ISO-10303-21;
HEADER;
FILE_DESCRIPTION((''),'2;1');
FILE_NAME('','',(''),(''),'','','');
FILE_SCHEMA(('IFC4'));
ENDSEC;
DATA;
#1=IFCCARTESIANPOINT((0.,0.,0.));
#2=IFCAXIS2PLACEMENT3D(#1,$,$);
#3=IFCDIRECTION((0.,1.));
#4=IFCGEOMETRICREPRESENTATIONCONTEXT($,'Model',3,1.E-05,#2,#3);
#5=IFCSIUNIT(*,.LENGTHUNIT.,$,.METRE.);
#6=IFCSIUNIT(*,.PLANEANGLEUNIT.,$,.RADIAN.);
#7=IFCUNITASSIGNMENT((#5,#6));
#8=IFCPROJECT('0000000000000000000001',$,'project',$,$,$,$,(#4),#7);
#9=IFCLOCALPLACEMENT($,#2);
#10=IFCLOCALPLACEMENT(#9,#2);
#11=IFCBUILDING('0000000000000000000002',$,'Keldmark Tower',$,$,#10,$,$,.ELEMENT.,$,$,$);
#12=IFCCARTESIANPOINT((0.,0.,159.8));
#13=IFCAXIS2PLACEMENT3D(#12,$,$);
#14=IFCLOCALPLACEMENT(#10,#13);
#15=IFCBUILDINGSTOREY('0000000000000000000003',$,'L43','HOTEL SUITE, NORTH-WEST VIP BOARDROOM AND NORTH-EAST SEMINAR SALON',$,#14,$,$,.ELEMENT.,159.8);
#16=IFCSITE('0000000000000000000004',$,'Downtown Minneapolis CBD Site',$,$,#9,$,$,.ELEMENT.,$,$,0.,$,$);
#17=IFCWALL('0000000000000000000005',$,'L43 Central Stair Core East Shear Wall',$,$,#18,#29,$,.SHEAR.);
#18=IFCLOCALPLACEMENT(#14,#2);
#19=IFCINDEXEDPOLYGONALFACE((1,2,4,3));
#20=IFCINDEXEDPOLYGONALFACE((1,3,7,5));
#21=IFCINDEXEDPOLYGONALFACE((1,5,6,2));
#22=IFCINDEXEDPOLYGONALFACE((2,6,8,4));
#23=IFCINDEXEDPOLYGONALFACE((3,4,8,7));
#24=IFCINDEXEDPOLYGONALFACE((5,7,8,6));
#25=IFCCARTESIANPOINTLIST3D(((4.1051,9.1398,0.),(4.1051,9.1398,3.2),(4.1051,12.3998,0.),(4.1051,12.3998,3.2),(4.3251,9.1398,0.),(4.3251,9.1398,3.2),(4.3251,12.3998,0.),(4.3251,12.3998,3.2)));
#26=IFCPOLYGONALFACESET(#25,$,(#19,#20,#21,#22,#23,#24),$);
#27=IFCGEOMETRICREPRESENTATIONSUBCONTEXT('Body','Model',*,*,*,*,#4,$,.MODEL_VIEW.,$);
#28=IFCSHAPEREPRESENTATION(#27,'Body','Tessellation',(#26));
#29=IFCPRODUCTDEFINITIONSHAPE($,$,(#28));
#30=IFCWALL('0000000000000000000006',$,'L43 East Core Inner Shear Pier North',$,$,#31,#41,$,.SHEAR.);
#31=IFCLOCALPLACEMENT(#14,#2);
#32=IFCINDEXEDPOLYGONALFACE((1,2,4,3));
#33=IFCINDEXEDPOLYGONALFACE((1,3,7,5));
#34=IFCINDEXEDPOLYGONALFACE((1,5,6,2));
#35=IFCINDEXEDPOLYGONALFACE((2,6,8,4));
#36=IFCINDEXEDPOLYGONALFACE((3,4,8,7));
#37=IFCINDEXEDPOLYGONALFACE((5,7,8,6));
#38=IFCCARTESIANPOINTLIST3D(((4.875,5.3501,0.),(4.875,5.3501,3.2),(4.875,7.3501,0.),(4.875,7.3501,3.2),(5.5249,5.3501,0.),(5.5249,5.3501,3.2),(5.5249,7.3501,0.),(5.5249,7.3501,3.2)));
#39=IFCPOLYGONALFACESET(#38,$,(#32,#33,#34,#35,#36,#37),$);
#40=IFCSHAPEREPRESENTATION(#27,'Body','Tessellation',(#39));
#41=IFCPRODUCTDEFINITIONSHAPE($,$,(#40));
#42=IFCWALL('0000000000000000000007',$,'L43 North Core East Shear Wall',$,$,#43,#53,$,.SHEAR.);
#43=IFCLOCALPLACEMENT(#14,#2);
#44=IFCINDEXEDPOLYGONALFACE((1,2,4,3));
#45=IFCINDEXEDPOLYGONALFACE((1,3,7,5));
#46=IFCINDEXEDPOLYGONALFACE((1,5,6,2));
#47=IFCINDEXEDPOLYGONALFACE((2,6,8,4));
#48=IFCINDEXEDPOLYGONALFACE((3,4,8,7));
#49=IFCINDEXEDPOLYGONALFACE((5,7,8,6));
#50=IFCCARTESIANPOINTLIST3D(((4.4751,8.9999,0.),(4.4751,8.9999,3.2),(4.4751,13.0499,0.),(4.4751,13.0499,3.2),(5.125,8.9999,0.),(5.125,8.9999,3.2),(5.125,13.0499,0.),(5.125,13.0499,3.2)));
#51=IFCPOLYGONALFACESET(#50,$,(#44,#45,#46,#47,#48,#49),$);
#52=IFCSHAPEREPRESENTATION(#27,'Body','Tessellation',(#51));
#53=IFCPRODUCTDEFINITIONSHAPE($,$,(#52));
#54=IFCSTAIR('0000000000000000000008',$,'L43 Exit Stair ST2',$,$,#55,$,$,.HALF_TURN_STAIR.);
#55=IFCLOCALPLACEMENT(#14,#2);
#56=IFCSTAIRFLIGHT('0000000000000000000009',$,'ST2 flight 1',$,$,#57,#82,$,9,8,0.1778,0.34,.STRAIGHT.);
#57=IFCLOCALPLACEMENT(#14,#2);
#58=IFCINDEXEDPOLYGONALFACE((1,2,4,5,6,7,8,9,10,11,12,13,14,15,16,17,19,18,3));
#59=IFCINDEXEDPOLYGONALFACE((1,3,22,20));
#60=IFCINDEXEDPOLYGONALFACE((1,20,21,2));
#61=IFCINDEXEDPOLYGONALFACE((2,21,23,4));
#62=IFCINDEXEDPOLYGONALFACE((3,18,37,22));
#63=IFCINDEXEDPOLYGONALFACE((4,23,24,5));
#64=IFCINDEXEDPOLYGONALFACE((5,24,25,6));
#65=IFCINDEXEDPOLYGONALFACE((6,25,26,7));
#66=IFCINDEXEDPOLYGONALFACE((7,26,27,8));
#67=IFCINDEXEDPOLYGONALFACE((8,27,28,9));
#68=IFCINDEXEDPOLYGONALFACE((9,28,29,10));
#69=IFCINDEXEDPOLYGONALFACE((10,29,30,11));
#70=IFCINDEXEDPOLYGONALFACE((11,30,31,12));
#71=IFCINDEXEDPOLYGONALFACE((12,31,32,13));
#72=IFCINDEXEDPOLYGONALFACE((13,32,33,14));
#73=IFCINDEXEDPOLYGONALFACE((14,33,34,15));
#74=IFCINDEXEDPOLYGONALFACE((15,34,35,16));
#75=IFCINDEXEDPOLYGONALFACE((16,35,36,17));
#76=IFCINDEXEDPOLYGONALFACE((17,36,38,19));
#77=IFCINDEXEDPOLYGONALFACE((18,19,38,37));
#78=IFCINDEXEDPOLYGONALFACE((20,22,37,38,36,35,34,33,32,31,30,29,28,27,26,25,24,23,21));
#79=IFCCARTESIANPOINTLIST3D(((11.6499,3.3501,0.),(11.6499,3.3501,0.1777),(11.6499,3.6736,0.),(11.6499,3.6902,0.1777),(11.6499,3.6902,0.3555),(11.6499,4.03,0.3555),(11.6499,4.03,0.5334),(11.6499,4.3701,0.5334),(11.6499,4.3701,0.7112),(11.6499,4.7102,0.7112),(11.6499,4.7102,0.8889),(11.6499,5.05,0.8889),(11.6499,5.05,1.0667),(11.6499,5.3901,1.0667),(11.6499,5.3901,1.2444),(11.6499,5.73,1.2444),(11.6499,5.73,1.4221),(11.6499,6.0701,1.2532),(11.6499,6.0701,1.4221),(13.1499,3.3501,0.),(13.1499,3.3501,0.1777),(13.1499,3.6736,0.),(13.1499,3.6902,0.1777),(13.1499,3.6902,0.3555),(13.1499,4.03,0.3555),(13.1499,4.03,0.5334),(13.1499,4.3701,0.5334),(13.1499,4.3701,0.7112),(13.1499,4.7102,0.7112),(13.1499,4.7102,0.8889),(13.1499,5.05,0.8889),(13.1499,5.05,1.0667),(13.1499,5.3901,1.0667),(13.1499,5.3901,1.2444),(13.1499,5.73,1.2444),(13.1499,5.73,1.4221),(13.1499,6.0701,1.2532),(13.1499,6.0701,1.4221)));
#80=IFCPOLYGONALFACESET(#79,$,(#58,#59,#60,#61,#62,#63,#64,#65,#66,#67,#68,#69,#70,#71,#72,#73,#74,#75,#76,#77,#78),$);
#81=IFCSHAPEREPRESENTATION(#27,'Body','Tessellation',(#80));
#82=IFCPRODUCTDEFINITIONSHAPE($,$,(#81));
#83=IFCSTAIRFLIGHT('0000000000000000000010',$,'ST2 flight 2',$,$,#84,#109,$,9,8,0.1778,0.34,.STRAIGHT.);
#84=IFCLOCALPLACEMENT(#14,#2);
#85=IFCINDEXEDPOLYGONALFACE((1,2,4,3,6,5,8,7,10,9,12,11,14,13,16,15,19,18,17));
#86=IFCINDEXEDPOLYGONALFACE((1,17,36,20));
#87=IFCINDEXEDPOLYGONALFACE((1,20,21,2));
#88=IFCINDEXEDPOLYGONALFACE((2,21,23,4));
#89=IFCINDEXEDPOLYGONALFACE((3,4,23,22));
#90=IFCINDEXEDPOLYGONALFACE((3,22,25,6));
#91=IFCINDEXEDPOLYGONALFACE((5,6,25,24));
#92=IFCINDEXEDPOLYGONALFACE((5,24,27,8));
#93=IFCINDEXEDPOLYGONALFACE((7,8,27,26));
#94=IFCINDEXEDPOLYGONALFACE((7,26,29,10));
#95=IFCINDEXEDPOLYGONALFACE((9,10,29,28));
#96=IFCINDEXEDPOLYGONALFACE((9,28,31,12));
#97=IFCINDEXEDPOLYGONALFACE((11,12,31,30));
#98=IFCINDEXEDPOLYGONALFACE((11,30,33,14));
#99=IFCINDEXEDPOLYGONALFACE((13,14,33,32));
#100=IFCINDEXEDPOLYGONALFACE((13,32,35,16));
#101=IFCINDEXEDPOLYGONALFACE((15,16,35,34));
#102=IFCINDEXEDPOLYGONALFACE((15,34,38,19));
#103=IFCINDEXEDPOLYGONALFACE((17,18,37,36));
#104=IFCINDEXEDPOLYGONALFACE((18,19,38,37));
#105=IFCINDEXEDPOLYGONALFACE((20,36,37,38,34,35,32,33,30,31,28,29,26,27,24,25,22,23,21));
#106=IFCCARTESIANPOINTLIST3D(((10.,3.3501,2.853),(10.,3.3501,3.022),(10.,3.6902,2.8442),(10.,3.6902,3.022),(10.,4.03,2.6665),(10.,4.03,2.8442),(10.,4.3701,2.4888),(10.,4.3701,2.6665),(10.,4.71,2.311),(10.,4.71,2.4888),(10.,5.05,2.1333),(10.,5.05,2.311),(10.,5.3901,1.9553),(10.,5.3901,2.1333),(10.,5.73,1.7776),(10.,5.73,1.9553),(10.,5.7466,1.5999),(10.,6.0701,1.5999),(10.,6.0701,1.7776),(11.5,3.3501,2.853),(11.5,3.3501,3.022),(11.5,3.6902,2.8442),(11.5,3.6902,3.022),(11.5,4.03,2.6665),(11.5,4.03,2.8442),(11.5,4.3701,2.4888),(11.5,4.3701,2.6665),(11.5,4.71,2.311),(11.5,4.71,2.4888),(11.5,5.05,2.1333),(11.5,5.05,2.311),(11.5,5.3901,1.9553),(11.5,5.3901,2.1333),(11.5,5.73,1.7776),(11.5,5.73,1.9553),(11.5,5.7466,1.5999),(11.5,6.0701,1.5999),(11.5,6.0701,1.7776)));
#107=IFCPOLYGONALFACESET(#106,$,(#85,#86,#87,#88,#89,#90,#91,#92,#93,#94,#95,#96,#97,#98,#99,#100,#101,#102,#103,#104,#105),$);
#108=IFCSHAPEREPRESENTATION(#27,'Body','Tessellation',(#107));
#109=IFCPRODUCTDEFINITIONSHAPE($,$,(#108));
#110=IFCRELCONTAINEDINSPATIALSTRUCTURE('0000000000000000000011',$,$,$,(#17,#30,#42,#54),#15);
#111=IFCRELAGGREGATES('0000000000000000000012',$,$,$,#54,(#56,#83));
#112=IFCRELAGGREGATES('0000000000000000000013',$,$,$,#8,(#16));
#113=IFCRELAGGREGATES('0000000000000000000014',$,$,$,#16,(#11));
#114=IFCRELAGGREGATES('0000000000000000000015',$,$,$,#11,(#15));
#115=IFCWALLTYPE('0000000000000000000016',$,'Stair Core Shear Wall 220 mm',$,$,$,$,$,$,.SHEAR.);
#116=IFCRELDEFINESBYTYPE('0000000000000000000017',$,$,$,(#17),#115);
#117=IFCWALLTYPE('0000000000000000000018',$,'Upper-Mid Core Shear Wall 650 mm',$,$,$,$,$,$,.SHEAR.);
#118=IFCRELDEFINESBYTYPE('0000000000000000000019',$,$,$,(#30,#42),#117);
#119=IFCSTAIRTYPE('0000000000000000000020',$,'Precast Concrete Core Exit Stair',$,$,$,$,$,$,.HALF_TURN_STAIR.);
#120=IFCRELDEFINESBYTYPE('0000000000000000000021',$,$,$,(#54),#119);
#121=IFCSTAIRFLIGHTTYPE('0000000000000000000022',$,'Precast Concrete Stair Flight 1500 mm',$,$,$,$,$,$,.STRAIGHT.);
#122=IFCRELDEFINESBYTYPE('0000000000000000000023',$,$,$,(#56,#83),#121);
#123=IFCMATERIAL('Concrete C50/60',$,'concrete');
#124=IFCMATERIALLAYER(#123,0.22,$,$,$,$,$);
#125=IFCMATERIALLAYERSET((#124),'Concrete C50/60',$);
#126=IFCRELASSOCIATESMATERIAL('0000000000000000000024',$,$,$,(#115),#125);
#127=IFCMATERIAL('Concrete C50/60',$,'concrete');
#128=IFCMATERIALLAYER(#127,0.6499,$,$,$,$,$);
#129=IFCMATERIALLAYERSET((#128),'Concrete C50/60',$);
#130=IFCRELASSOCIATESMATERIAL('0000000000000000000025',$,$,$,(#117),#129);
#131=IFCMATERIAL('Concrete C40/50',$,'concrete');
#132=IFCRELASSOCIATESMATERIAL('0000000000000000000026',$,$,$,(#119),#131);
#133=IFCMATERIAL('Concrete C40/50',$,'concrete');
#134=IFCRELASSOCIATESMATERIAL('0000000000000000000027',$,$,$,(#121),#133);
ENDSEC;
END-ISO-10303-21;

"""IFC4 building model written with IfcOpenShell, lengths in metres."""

from ifc_helpers import new_model, si_unit, direction, frame, frame_2d, origin, place, context, subcontext, project, spatial, polyline, rectangle, outline, extrude, material, layer, layer_set, type_object, element, aggregate, save


model = new_model("IFC4")

# Units and contexts
model_context = context("Model", 3, precision=1e-05, world=origin(), true_north=direction((0.0, 1.0)))
body_context = subcontext(model_context, "Body", "Model", "MODEL_VIEW")
ifc_project = project(units=[si_unit("LENGTHUNIT", "METRE"), si_unit("PLANEANGLEUNIT", "RADIAN")], contexts=[model_context])

# Site, building, storey
site_placement = place(None, origin())
site = spatial("IfcSite", under=ifc_project, at=site_placement, Name="Downtown Minneapolis CBD Site", CompositionType="ELEMENT", RefElevation=0.0)
building_placement = place(site_placement, origin())
building = spatial("IfcBuilding", under=site, at=building_placement, Name="Keldmark Tower", CompositionType="ELEMENT")
storey_placement = place(building_placement, frame((0.0, 0.0, 159.8)))
storey = spatial("IfcBuildingStorey", under=building, at=storey_placement, Name="L43", Description="HOTEL SUITE, NORTH-WEST VIP BOARDROOM AND NORTH-EAST SEMINAR SALON", CompositionType="ELEMENT", Elevation=159.8)

# Walls
ifc_material_1 = material(Name="Concrete C50/60", Category="concrete")
ifc_layer_1 = layer(ifc_material_1, 0.22)
ifc_layer_set_1 = layer_set([ifc_layer_1], Name="Concrete C50/60")
wall_type_1 = type_object("IfcWallType", Name="Stair Core Shear Wall 220 mm", PredefinedType="SHEAR", material=ifc_layer_set_1)
wall_1_placement = place(storey_placement, frame((4.2151, 9.1399, 0.0), z_axis=(0.0, 0.0, 1.0), x_axis=(0.0, 1.0, 0.0)))
element("IfcWall", 1, at=wall_1_placement, inside=storey, type_object=wall_type_1, Name="L43 Central Stair Core East Shear Wall", PredefinedType="SHEAR", context=body_context, shape_type="SweptSolid", body=[
    extrude(rectangle(XDim=3.26, YDim=0.22, at=frame_2d((1.6299, 0.0))), origin(), (0.0, 0.0, 1.0), 3.2),
])
ifc_material_2 = material(Name="Concrete C50/60", Category="concrete")
ifc_layer_2 = layer(ifc_material_2, 0.6499)
ifc_layer_set_2 = layer_set([ifc_layer_2], Name="Concrete C50/60")
wall_type_2 = type_object("IfcWallType", Name="Upper-Mid Core Shear Wall 650 mm", PredefinedType="SHEAR", material=ifc_layer_set_2)
wall_2_placement = place(storey_placement, frame((5.2, 5.3501, 0.0), z_axis=(0.0, 0.0, 1.0), x_axis=(0.0, 1.0, 0.0)))
element("IfcWall", 2, at=wall_2_placement, inside=storey, type_object=wall_type_2, Name="L43 East Core Inner Shear Pier North", PredefinedType="SHEAR", context=body_context, shape_type="SweptSolid", body=[
    extrude(rectangle(XDim=2.0, YDim=0.6499, at=frame_2d((1.0, 0.0))), origin(), (0.0, 0.0, 1.0), 3.2),
])
wall_3_placement = place(storey_placement, frame((4.8, 9.0, 0.0), z_axis=(0.0, 0.0, 1.0), x_axis=(0.0, 1.0, 0.0)))
element("IfcWall", 3, at=wall_3_placement, inside=storey, type_object=wall_type_2, Name="L43 North Core East Shear Wall", PredefinedType="SHEAR", context=body_context, shape_type="SweptSolid", body=[
    extrude(rectangle(XDim=4.05, YDim=0.6499, at=frame_2d((2.0249, 0.0))), origin(), (0.0, 0.0, 1.0), 3.2),
])

# Stair, stair flights
ifc_material_3 = material(Name="Concrete C40/50", Category="concrete")
stair_type = type_object("IfcStairType", Name="Precast Concrete Core Exit Stair", PredefinedType="HALF_TURN_STAIR", material=ifc_material_3)
stair_placement = place(storey_placement, origin())
stair = element("IfcStair", 4, at=stair_placement, inside=storey, type_object=stair_type, Name="L43 Exit Stair ST2", PredefinedType="HALF_TURN_STAIR")
ifc_material_4 = material(Name="Concrete C40/50", Category="concrete")
stair_flight_type = type_object("IfcStairFlightType", Name="Precast Concrete Stair Flight 1500 mm", PredefinedType="STRAIGHT", material=ifc_material_4)
stair_flight_1_placement = place(storey_placement, frame((12.3999, 3.3501, 0.0), z_axis=(0.0, 0.0, 1.0), x_axis=(0.0, 1.0, 0.0)))
stair_flight_1 = element("IfcStairFlight", 5, at=stair_flight_1_placement, type_object=stair_flight_type, Name="ST2 flight 1", NumberOfRisers=9, NumberOfTreads=8, PredefinedType="STRAIGHT", RiserHeight=0.1778, TreadLength=0.34, context=body_context, shape_type="SweptSolid", body=[
    extrude(outline(polyline([(0.0, 0.0), (0.0, 0.1777), (0.3401, 0.1777), (0.3401, 0.3555), (0.6799, 0.3555), (0.6799, 0.5334), (1.02, 0.5334), (1.02, 0.7112), (1.3601, 0.7112), (1.3601, 0.8889), (1.7, 0.8889), (1.7, 1.0667), (2.04, 1.0667), (2.04, 1.2444), (2.3799, 1.2444), (2.3799, 1.4221), (2.72, 1.4221), (2.72, 1.6001), (2.72, 1.2532), (0.3235, 0.0), (0.0, 0.0)])), frame((0.0, 0.75, 0.0), z_axis=(0.0, -1.0, 0.0), x_axis=(1.0, 0.0, 0.0)), (0.0, 0.0, 1.0), 1.5),
])
stair_flight_2_placement = place(storey_placement, frame((10.75, 6.0701, 1.5999), z_axis=(0.0, 0.0, 1.0), x_axis=(0.0, -1.0, 0.0)))
stair_flight_2 = element("IfcStairFlight", 6, at=stair_flight_2_placement, type_object=stair_flight_type, Name="ST2 flight 2", NumberOfRisers=9, NumberOfTreads=8, PredefinedType="STRAIGHT", RiserHeight=0.1778, TreadLength=0.34, context=body_context, shape_type="SweptSolid", body=[
    extrude(outline(polyline([(0.0, 0.0), (0.0, 0.1777), (0.3401, 0.1777), (0.3401, 0.3555), (0.6799, 0.3555), (0.6799, 0.5334), (1.02, 0.5334), (1.02, 0.7112), (1.3601, 0.7112), (1.3601, 0.8889), (1.7, 0.8889), (1.7, 1.0667), (2.04, 1.0667), (2.04, 1.2444), (2.3799, 1.2444), (2.3799, 1.4221), (2.72, 1.4221), (2.72, 1.6001), (2.72, 1.2532), (0.3235, 0.0), (0.0, 0.0)])), frame((0.0, 0.75, 0.0), z_axis=(0.0, -1.0, 0.0), x_axis=(1.0, 0.0, 0.0)), (0.0, 0.0, 1.0), 1.5),
])
aggregate(stair, [stair_flight_1, stair_flight_2])

save(model, "model.ifc")
